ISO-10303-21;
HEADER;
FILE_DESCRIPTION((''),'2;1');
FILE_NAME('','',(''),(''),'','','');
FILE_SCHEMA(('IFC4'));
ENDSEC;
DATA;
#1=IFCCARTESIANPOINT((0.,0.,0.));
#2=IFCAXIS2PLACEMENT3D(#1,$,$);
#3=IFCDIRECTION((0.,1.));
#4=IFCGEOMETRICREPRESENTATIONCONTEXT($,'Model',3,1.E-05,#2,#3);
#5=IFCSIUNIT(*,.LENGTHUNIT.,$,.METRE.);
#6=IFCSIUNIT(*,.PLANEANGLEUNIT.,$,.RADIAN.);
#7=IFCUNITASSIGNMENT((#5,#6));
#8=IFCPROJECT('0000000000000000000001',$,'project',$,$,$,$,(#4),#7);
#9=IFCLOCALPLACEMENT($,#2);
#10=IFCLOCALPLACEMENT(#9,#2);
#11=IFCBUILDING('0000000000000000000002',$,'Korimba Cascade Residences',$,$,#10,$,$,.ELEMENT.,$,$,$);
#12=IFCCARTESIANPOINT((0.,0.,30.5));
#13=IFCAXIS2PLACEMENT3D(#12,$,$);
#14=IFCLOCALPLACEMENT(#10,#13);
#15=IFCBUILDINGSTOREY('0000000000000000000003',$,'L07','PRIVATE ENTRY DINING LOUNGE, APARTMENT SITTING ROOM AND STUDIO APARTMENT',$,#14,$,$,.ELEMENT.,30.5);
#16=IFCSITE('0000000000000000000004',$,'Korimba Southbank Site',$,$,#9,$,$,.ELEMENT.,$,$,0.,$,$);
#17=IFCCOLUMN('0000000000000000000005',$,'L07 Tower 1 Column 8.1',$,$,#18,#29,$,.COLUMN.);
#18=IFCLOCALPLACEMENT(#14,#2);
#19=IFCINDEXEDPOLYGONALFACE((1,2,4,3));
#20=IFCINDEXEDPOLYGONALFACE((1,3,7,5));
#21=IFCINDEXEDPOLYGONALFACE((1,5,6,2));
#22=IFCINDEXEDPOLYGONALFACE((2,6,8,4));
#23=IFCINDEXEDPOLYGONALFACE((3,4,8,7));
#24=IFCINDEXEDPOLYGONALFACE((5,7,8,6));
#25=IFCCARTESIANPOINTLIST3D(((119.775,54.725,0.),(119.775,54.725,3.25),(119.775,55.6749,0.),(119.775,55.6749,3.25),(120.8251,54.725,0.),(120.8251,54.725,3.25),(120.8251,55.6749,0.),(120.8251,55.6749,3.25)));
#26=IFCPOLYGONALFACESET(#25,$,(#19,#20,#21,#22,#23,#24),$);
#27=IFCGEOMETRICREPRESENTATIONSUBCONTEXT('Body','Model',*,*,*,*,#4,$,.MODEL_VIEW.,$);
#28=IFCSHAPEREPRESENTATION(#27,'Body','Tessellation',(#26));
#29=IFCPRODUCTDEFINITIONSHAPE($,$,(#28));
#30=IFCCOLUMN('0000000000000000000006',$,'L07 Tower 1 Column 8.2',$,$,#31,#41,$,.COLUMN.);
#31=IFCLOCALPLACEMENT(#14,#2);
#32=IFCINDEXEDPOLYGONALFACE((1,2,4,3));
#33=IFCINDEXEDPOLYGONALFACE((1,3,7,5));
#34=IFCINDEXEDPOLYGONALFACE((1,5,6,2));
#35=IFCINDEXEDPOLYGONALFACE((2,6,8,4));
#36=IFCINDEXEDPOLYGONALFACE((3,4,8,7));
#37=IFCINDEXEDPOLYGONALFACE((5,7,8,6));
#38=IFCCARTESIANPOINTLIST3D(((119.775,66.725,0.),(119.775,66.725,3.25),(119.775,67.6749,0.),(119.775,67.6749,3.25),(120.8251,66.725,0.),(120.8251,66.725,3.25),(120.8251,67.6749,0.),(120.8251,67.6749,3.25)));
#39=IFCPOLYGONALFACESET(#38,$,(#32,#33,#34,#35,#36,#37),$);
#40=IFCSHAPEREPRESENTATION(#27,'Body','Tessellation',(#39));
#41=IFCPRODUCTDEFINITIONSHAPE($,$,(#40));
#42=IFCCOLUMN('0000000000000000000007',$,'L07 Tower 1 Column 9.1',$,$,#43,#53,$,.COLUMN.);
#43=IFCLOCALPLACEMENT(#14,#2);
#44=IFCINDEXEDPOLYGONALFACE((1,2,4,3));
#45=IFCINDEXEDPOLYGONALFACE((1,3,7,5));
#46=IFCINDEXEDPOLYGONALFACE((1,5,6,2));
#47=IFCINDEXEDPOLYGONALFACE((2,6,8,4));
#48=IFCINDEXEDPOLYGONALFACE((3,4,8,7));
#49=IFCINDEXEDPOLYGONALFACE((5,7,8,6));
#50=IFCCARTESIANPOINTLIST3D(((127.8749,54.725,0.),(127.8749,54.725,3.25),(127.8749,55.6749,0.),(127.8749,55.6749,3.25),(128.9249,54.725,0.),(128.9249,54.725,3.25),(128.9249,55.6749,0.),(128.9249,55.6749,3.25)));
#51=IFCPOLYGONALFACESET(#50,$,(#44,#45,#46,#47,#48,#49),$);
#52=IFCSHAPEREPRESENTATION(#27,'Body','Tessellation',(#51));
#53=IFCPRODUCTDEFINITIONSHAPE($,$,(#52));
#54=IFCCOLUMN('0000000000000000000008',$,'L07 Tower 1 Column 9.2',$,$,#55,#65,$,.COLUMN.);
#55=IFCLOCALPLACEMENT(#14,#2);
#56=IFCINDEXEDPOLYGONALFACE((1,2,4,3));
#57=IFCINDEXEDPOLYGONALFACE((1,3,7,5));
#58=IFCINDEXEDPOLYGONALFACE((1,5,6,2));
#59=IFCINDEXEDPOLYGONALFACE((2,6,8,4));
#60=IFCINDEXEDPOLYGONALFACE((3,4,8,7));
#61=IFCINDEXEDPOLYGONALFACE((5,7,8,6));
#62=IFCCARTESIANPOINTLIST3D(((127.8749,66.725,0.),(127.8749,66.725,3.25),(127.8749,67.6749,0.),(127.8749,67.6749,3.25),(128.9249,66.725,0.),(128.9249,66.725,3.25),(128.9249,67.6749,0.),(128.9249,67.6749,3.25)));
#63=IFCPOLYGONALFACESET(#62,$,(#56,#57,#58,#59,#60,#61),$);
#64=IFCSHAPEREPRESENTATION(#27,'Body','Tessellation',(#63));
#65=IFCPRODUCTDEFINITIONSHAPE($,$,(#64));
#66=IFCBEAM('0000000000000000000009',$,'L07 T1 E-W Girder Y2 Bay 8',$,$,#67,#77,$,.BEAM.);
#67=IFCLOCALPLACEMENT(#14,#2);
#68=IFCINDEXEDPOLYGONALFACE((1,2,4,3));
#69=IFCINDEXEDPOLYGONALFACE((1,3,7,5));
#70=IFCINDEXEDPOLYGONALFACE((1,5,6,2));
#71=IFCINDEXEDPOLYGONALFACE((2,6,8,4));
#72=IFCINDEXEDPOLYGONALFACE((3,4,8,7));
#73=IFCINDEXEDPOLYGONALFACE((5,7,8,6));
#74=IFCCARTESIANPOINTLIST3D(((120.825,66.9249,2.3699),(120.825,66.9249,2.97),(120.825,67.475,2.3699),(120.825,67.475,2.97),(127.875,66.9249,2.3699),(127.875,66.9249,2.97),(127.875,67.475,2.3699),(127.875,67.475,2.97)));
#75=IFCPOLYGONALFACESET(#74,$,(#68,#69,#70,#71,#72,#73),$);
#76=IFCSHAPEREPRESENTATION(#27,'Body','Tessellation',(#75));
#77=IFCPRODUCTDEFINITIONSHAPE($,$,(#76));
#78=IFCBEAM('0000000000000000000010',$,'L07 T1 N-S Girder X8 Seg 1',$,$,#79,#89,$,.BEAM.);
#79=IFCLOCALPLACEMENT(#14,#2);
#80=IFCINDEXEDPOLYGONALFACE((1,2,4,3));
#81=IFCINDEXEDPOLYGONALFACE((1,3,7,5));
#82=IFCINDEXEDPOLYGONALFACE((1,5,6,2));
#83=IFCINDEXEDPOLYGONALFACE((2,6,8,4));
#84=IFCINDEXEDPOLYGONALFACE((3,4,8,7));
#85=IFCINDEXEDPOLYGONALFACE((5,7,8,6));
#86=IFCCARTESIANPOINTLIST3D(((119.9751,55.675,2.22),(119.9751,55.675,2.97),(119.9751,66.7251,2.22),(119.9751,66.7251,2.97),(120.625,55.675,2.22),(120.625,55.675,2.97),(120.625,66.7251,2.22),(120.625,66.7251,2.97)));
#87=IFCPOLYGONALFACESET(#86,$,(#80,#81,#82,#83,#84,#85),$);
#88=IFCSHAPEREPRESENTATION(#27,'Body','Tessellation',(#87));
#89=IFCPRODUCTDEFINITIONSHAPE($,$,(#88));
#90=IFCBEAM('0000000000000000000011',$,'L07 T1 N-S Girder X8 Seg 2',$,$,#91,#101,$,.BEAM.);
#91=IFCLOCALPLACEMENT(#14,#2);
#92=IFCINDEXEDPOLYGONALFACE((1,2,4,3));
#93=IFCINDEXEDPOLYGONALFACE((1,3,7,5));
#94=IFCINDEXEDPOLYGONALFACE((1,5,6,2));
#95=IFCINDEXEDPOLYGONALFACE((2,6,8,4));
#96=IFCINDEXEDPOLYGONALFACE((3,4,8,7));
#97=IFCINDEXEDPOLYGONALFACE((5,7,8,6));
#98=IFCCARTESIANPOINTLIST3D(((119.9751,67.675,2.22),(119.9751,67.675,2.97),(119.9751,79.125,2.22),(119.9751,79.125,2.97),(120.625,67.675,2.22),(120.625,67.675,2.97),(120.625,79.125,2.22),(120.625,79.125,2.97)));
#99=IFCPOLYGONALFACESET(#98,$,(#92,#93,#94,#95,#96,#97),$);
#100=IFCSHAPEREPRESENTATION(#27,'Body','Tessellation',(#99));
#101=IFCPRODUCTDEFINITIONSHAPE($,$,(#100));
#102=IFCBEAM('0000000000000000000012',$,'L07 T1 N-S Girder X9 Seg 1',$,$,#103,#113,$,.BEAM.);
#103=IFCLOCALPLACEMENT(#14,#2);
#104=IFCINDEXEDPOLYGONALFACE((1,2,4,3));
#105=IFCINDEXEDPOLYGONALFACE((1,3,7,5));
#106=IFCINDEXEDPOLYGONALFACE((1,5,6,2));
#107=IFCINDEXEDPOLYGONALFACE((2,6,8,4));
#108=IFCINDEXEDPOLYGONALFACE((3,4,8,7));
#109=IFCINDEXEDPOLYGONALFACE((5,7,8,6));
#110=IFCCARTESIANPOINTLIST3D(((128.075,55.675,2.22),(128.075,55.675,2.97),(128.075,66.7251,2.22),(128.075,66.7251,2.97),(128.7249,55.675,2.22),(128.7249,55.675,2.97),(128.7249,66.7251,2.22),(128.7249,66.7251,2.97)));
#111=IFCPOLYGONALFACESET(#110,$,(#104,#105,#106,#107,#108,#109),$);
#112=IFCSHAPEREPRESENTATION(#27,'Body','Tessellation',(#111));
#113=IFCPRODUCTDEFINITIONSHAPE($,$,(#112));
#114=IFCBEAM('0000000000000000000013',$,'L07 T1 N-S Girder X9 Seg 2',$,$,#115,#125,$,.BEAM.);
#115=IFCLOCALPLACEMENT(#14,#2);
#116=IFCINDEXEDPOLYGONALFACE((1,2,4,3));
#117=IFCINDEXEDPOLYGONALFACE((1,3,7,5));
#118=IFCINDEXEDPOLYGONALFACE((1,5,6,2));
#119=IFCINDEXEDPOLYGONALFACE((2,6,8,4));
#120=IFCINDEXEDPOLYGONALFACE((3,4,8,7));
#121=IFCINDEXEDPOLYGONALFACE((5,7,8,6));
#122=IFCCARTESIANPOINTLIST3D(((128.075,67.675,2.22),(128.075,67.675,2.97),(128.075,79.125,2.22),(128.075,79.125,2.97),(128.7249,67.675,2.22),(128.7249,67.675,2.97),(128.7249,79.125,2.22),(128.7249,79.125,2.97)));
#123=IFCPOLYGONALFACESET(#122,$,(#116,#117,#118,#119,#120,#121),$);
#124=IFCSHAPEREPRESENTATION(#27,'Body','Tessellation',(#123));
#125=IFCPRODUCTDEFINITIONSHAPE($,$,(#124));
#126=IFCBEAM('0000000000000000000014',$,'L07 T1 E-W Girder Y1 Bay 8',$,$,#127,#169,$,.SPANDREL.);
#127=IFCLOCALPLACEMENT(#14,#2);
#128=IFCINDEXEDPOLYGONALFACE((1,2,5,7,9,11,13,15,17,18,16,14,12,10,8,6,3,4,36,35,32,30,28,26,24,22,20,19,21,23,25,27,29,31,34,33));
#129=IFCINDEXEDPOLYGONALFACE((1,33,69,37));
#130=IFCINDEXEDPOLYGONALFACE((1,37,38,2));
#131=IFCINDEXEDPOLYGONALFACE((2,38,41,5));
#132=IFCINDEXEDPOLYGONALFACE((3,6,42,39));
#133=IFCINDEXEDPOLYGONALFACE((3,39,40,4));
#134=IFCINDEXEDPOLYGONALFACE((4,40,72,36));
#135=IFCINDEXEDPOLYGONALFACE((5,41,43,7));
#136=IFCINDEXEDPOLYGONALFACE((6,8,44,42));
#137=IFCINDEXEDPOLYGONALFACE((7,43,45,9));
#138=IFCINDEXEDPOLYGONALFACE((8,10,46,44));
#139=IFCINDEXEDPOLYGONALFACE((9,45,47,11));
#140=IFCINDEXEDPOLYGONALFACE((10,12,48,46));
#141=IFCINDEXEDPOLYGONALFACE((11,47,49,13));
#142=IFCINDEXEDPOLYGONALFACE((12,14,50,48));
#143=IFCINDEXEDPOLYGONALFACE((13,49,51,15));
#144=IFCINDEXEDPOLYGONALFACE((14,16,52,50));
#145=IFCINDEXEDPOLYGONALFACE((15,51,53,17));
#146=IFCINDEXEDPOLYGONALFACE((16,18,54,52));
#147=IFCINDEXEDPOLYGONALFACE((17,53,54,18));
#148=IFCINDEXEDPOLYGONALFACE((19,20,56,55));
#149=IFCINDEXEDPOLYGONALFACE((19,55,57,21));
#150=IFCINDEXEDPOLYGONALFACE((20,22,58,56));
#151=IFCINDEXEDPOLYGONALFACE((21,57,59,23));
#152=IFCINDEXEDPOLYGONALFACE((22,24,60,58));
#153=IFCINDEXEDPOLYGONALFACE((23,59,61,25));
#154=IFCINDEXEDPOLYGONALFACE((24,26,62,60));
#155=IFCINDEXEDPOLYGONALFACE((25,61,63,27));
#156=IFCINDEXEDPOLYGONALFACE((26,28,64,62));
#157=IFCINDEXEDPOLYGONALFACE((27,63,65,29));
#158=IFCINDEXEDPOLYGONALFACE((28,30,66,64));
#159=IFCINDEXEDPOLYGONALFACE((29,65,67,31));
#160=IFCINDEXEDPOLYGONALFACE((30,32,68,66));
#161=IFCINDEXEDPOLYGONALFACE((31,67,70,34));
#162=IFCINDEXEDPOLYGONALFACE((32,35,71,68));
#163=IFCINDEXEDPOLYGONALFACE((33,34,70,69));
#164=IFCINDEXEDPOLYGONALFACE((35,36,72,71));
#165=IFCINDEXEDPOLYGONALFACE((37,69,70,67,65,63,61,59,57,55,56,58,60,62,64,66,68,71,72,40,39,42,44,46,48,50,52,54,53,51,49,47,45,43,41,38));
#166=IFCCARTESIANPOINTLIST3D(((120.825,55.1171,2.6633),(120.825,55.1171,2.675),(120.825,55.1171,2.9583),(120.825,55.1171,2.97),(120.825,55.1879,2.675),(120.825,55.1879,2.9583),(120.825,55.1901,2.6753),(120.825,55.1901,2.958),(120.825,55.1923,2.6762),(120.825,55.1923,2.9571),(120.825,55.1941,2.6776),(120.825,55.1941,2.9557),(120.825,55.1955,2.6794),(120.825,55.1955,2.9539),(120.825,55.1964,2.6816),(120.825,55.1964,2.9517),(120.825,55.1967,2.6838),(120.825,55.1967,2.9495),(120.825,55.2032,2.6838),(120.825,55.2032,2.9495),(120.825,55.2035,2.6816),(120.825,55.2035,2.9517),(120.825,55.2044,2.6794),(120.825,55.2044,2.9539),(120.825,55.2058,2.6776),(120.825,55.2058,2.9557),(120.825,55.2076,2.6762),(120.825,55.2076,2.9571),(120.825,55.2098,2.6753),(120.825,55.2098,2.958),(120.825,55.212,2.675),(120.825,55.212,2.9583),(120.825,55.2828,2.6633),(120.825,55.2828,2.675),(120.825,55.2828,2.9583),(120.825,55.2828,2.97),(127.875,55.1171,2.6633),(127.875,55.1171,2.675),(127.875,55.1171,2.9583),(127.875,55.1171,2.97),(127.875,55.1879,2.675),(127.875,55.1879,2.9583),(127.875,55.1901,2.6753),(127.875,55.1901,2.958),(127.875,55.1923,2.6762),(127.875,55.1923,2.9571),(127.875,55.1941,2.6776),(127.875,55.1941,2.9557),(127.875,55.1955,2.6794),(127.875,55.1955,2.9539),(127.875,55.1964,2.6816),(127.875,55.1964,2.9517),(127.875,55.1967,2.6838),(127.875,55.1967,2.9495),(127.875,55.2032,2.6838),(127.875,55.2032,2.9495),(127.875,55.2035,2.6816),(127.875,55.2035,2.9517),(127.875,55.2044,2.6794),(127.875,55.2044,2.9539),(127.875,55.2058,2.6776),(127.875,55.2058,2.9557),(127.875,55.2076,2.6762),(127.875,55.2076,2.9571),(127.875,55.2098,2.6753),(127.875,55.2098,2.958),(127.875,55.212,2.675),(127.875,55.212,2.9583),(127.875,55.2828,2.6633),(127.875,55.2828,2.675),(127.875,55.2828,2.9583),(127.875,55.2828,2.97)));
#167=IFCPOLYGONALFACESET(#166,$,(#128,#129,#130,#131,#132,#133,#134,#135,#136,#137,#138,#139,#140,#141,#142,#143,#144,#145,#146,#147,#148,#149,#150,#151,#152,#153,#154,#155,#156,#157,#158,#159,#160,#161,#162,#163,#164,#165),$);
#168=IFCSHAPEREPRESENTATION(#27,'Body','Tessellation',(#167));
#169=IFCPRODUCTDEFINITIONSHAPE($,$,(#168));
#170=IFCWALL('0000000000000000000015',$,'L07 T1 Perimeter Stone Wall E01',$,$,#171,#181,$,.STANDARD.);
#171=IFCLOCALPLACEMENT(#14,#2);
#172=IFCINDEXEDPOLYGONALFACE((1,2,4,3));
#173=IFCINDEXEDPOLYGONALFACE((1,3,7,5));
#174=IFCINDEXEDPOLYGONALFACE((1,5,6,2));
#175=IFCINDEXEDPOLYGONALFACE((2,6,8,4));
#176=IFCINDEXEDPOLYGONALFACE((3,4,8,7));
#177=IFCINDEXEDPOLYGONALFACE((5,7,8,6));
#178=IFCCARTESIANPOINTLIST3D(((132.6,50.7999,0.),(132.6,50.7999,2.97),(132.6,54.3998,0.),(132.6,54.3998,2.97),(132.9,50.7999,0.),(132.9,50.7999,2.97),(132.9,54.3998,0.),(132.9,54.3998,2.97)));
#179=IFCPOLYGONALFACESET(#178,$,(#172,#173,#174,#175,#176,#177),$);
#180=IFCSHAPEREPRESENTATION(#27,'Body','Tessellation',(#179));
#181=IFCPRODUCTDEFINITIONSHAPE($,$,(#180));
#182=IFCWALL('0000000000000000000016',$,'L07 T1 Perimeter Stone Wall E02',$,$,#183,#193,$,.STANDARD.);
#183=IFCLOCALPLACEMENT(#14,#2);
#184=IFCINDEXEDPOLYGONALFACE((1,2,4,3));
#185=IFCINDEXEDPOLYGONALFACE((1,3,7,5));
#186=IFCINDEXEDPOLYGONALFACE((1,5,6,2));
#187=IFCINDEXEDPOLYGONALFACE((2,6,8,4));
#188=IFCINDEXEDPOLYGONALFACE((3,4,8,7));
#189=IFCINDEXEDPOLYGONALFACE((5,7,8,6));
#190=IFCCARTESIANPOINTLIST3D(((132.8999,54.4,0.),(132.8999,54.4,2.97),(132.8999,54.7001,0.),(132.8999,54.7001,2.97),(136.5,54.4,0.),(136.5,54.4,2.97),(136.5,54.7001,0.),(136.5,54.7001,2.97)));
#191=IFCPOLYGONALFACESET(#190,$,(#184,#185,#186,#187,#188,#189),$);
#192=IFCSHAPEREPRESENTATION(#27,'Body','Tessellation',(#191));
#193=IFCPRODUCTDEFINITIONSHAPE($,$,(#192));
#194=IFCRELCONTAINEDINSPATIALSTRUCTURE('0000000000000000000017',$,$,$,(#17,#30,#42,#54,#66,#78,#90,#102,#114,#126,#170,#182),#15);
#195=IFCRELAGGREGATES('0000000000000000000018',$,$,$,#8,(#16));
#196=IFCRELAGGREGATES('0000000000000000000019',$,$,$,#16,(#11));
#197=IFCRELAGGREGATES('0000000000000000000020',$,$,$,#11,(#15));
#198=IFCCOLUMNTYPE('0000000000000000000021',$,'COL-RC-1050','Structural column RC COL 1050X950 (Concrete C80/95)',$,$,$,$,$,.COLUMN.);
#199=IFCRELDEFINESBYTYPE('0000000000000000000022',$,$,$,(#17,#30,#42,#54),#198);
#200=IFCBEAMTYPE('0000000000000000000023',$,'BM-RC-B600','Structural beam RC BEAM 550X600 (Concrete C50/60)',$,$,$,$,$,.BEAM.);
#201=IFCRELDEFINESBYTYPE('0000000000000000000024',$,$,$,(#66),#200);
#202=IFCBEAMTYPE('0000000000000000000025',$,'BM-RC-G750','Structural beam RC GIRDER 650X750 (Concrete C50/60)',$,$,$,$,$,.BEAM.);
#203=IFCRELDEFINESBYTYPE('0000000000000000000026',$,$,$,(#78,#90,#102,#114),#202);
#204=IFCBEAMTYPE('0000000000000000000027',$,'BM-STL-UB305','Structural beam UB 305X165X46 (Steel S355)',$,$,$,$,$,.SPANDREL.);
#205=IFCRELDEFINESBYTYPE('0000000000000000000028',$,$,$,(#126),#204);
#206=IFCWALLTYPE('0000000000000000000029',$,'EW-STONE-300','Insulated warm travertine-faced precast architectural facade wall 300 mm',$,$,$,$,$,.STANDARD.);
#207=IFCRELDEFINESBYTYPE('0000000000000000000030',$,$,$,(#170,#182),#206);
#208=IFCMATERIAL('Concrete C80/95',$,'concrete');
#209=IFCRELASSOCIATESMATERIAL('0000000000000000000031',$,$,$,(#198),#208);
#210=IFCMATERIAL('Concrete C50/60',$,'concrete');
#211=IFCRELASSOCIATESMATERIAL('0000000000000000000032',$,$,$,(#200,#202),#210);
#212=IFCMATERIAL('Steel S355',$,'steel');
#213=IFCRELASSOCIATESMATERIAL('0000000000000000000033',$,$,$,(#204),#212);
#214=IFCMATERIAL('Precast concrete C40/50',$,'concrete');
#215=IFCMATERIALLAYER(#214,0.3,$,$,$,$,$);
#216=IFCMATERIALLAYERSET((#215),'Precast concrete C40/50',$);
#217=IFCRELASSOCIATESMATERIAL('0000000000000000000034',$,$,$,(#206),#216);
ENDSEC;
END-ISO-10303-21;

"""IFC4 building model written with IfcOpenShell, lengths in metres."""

from ifc_helpers import new_model, si_unit, direction, frame, frame_2d, origin, origin_2d, place, context, subcontext, project, spatial, rectangle, i_section, extrude, material, layer, layer_set, material_profile, profile_set, type_object, element, save


model = new_model("IFC4")

# Units and contexts
model_context = context("Model", 3, precision=1e-05, world=origin(), true_north=direction((0.0, 1.0)))
body_context = subcontext(model_context, "Body", "Model", "MODEL_VIEW")
ifc_project = project(units=[si_unit("LENGTHUNIT", "METRE"), si_unit("PLANEANGLEUNIT", "RADIAN")], contexts=[model_context])

# Site, building, storey
site_placement = place(None, origin())
site = spatial("IfcSite", under=ifc_project, at=site_placement, Name="Korimba Southbank Site", CompositionType="ELEMENT", RefElevation=0.0)
building_placement = place(site_placement, origin())
building = spatial("IfcBuilding", under=site, at=building_placement, Name="Korimba Cascade Residences", CompositionType="ELEMENT")
storey_placement = place(building_placement, frame((0.0, 0.0, 30.5)))
storey = spatial("IfcBuildingStorey", under=building, at=storey_placement, Name="L07", Description="PRIVATE ENTRY DINING LOUNGE, APARTMENT SITTING ROOM AND STUDIO APARTMENT", CompositionType="ELEMENT", Elevation=30.5)

# Columns
ifc_material_1 = material(Name="Concrete C80/95", Category="concrete")
ifc_material_profile_1 = material_profile(ifc_material_1, rectangle(XDim=1.05, YDim=0.95, at=origin_2d()), Name="Concrete C80/95")
ifc_profile_set_1 = profile_set([ifc_material_profile_1], Name="Concrete C80/95")
column_type = type_object("IfcColumnType", Name="COL-RC-1050", Description="Structural column RC COL 1050X950 (Concrete C80/95)", PredefinedType="COLUMN", material=ifc_profile_set_1)
for number, where, z_axis, x_axis, name in (
    (1, (120.3, 55.2, 0.0), (0.0, 0.0, 1.0), (1.0, 0.0, 0.0), "L07 Tower 1 Column 8.1"),
    (2, (120.3, 67.2, 0.0), (0.0, 0.0, 1.0), (1.0, 0.0, 0.0), "L07 Tower 1 Column 8.2"),
    (3, (128.3999, 55.2, 0.0), (0.0, 0.0, 1.0), (1.0, 0.0, 0.0), "L07 Tower 1 Column 9.1"),
    (4, (128.3999, 67.2, 0.0), (0.0, 0.0, 1.0), (1.0, 0.0, 0.0), "L07 Tower 1 Column 9.2"),
):
    element("IfcColumn", number, at=place(storey_placement, frame(where, z_axis=z_axis, x_axis=x_axis)), inside=storey, type_object=column_type, Name=name, PredefinedType="COLUMN", context=body_context, shape_type="SweptSolid", body=[
        extrude(rectangle(XDim=1.05, YDim=0.95, at=origin_2d()), origin(), (0.0, 0.0, 1.0), 3.25),
    ])

# Beams
ifc_material_2 = material(Name="Concrete C50/60", Category="concrete")
ifc_material_profile_2 = material_profile(ifc_material_2, rectangle(XDim=0.55, YDim=0.6001, at=origin_2d()), Name="Concrete C50/60")
ifc_profile_set_2 = profile_set([ifc_material_profile_2], Name="Concrete C50/60")
beam_type_1 = type_object("IfcBeamType", Name="BM-RC-B600", Description="Structural beam RC BEAM 550X600 (Concrete C50/60)", PredefinedType="BEAM", material=ifc_profile_set_2)
beam_1_placement = place(storey_placement, frame((120.825, 67.2, 2.6699), z_axis=(1.0, 0.0, 0.0), x_axis=(0.0, 1.0, 0.0)))
element("IfcBeam", 5, at=beam_1_placement, inside=storey, type_object=beam_type_1, Name="L07 T1 E-W Girder Y2 Bay 8", PredefinedType="BEAM", context=body_context, shape_type="SweptSolid", body=[
    extrude(rectangle(XDim=0.55, YDim=0.6001, at=origin_2d()), origin(), (0.0, 0.0, 1.0), 7.05),
])
ifc_material_profile_3 = material_profile(ifc_material_2, rectangle(XDim=0.6499, YDim=0.75, at=origin_2d()), Name="Concrete C50/60")
ifc_profile_set_3 = profile_set([ifc_material_profile_3], Name="Concrete C50/60")
beam_type_2 = type_object("IfcBeamType", Name="BM-RC-G750", Description="Structural beam RC GIRDER 650X750 (Concrete C50/60)", PredefinedType="BEAM", material=ifc_profile_set_3)
beam_2_placement = place(storey_placement, frame((120.3, 55.675, 2.595), z_axis=(0.0, 1.0, 0.0), x_axis=(-1.0, 0.0, 0.0)))
element("IfcBeam", 6, at=beam_2_placement, inside=storey, type_object=beam_type_2, Name="L07 T1 N-S Girder X8 Seg 1", PredefinedType="BEAM", context=body_context, shape_type="SweptSolid", body=[
    extrude(rectangle(XDim=0.6499, YDim=0.75, at=origin_2d()), origin(), (0.0, 0.0, 1.0), 11.05),
])
beam_3_placement = place(storey_placement, frame((120.3, 67.675, 2.595), z_axis=(0.0, 1.0, 0.0), x_axis=(-1.0, 0.0, 0.0)))
element("IfcBeam", 7, at=beam_3_placement, inside=storey, type_object=beam_type_2, Name="L07 T1 N-S Girder X8 Seg 2", PredefinedType="BEAM", context=body_context, shape_type="SweptSolid", body=[
    extrude(rectangle(XDim=0.6499, YDim=0.75, at=origin_2d()), origin(), (0.0, 0.0, 1.0), 11.45),
])
beam_4_placement = place(storey_placement, frame((128.3999, 55.675, 2.595), z_axis=(0.0, 1.0, 0.0), x_axis=(-1.0, 0.0, 0.0)))
element("IfcBeam", 8, at=beam_4_placement, inside=storey, type_object=beam_type_2, Name="L07 T1 N-S Girder X9 Seg 1", PredefinedType="BEAM", context=body_context, shape_type="SweptSolid", body=[
    extrude(rectangle(XDim=0.6499, YDim=0.75, at=origin_2d()), origin(), (0.0, 0.0, 1.0), 11.05),
])
beam_5_placement = place(storey_placement, frame((128.3999, 67.675, 2.595), z_axis=(0.0, 1.0, 0.0), x_axis=(-1.0, 0.0, 0.0)))
element("IfcBeam", 9, at=beam_5_placement, inside=storey, type_object=beam_type_2, Name="L07 T1 N-S Girder X9 Seg 2", PredefinedType="BEAM", context=body_context, shape_type="SweptSolid", body=[
    extrude(rectangle(XDim=0.6499, YDim=0.75, at=origin_2d()), origin(), (0.0, 0.0, 1.0), 11.45),
])
ifc_material_3 = material(Name="Steel S355", Category="steel")
ifc_material_profile_4 = material_profile(ifc_material_3, i_section(OverallWidth=0.1658, OverallDepth=0.3066, WebThickness=0.0066, FlangeThickness=0.0117, FilletRadius=0.0088, at=origin_2d()), Name="Steel S355")
ifc_profile_set_4 = profile_set([ifc_material_profile_4], Name="Steel S355")
beam_type_3 = type_object("IfcBeamType", Name="BM-STL-UB305", Description="Structural beam UB 305X165X46 (Steel S355)", PredefinedType="SPANDREL", material=ifc_profile_set_4)
beam_6_placement = place(storey_placement, frame((120.825, 55.2, 2.8167), z_axis=(1.0, 0.0, 0.0), x_axis=(0.0, 1.0, 0.0)))
element("IfcBeam", 10, at=beam_6_placement, inside=storey, type_object=beam_type_3, Name="L07 T1 E-W Girder Y1 Bay 8", PredefinedType="SPANDREL", context=body_context, shape_type="SweptSolid", body=[
    extrude(i_section(OverallWidth=0.1658, OverallDepth=0.3066, WebThickness=0.0066, FlangeThickness=0.0117, FilletRadius=0.0088, at=origin_2d()), origin(), (0.0, 0.0, 1.0), 7.05),
])

# Walls
ifc_material_4 = material(Name="Precast concrete C40/50", Category="concrete")
ifc_layer_1 = layer(ifc_material_4, 0.3)
ifc_layer_set_1 = layer_set([ifc_layer_1], Name="Precast concrete C40/50")
wall_type_1 = type_object("IfcWallType", Name="EW-STONE-300", Description="Insulated warm travertine-faced precast architectural facade wall 300 mm", PredefinedType="STANDARD", material=ifc_layer_set_1)
wall_1_placement = place(storey_placement, frame((132.75, 50.8, 0.0), z_axis=(0.0, 0.0, 1.0), x_axis=(0.0, 1.0, 0.0)))
element("IfcWall", 11, at=wall_1_placement, inside=storey, type_object=wall_type_1, Name="L07 T1 Perimeter Stone Wall E01", PredefinedType="STANDARD", context=body_context, shape_type="SweptSolid", body=[
    extrude(rectangle(XDim=3.5999, YDim=0.3, at=frame_2d((1.7998, 0.0))), origin(), (0.0, 0.0, 1.0), 2.97),
])
wall_2_placement = place(storey_placement, frame((132.8999, 54.55, 0.0), z_axis=(0.0, 0.0, 1.0), x_axis=(1.0, 0.0, 0.0)))
element("IfcWall", 12, at=wall_2_placement, inside=storey, type_object=wall_type_1, Name="L07 T1 Perimeter Stone Wall E02", PredefinedType="STANDARD", context=body_context, shape_type="SweptSolid", body=[
    extrude(rectangle(XDim=3.6001, YDim=0.3, at=frame_2d((1.8, 0.0))), origin(), (0.0, 0.0, 1.0), 2.97),
])

save(model, "model.ifc")
